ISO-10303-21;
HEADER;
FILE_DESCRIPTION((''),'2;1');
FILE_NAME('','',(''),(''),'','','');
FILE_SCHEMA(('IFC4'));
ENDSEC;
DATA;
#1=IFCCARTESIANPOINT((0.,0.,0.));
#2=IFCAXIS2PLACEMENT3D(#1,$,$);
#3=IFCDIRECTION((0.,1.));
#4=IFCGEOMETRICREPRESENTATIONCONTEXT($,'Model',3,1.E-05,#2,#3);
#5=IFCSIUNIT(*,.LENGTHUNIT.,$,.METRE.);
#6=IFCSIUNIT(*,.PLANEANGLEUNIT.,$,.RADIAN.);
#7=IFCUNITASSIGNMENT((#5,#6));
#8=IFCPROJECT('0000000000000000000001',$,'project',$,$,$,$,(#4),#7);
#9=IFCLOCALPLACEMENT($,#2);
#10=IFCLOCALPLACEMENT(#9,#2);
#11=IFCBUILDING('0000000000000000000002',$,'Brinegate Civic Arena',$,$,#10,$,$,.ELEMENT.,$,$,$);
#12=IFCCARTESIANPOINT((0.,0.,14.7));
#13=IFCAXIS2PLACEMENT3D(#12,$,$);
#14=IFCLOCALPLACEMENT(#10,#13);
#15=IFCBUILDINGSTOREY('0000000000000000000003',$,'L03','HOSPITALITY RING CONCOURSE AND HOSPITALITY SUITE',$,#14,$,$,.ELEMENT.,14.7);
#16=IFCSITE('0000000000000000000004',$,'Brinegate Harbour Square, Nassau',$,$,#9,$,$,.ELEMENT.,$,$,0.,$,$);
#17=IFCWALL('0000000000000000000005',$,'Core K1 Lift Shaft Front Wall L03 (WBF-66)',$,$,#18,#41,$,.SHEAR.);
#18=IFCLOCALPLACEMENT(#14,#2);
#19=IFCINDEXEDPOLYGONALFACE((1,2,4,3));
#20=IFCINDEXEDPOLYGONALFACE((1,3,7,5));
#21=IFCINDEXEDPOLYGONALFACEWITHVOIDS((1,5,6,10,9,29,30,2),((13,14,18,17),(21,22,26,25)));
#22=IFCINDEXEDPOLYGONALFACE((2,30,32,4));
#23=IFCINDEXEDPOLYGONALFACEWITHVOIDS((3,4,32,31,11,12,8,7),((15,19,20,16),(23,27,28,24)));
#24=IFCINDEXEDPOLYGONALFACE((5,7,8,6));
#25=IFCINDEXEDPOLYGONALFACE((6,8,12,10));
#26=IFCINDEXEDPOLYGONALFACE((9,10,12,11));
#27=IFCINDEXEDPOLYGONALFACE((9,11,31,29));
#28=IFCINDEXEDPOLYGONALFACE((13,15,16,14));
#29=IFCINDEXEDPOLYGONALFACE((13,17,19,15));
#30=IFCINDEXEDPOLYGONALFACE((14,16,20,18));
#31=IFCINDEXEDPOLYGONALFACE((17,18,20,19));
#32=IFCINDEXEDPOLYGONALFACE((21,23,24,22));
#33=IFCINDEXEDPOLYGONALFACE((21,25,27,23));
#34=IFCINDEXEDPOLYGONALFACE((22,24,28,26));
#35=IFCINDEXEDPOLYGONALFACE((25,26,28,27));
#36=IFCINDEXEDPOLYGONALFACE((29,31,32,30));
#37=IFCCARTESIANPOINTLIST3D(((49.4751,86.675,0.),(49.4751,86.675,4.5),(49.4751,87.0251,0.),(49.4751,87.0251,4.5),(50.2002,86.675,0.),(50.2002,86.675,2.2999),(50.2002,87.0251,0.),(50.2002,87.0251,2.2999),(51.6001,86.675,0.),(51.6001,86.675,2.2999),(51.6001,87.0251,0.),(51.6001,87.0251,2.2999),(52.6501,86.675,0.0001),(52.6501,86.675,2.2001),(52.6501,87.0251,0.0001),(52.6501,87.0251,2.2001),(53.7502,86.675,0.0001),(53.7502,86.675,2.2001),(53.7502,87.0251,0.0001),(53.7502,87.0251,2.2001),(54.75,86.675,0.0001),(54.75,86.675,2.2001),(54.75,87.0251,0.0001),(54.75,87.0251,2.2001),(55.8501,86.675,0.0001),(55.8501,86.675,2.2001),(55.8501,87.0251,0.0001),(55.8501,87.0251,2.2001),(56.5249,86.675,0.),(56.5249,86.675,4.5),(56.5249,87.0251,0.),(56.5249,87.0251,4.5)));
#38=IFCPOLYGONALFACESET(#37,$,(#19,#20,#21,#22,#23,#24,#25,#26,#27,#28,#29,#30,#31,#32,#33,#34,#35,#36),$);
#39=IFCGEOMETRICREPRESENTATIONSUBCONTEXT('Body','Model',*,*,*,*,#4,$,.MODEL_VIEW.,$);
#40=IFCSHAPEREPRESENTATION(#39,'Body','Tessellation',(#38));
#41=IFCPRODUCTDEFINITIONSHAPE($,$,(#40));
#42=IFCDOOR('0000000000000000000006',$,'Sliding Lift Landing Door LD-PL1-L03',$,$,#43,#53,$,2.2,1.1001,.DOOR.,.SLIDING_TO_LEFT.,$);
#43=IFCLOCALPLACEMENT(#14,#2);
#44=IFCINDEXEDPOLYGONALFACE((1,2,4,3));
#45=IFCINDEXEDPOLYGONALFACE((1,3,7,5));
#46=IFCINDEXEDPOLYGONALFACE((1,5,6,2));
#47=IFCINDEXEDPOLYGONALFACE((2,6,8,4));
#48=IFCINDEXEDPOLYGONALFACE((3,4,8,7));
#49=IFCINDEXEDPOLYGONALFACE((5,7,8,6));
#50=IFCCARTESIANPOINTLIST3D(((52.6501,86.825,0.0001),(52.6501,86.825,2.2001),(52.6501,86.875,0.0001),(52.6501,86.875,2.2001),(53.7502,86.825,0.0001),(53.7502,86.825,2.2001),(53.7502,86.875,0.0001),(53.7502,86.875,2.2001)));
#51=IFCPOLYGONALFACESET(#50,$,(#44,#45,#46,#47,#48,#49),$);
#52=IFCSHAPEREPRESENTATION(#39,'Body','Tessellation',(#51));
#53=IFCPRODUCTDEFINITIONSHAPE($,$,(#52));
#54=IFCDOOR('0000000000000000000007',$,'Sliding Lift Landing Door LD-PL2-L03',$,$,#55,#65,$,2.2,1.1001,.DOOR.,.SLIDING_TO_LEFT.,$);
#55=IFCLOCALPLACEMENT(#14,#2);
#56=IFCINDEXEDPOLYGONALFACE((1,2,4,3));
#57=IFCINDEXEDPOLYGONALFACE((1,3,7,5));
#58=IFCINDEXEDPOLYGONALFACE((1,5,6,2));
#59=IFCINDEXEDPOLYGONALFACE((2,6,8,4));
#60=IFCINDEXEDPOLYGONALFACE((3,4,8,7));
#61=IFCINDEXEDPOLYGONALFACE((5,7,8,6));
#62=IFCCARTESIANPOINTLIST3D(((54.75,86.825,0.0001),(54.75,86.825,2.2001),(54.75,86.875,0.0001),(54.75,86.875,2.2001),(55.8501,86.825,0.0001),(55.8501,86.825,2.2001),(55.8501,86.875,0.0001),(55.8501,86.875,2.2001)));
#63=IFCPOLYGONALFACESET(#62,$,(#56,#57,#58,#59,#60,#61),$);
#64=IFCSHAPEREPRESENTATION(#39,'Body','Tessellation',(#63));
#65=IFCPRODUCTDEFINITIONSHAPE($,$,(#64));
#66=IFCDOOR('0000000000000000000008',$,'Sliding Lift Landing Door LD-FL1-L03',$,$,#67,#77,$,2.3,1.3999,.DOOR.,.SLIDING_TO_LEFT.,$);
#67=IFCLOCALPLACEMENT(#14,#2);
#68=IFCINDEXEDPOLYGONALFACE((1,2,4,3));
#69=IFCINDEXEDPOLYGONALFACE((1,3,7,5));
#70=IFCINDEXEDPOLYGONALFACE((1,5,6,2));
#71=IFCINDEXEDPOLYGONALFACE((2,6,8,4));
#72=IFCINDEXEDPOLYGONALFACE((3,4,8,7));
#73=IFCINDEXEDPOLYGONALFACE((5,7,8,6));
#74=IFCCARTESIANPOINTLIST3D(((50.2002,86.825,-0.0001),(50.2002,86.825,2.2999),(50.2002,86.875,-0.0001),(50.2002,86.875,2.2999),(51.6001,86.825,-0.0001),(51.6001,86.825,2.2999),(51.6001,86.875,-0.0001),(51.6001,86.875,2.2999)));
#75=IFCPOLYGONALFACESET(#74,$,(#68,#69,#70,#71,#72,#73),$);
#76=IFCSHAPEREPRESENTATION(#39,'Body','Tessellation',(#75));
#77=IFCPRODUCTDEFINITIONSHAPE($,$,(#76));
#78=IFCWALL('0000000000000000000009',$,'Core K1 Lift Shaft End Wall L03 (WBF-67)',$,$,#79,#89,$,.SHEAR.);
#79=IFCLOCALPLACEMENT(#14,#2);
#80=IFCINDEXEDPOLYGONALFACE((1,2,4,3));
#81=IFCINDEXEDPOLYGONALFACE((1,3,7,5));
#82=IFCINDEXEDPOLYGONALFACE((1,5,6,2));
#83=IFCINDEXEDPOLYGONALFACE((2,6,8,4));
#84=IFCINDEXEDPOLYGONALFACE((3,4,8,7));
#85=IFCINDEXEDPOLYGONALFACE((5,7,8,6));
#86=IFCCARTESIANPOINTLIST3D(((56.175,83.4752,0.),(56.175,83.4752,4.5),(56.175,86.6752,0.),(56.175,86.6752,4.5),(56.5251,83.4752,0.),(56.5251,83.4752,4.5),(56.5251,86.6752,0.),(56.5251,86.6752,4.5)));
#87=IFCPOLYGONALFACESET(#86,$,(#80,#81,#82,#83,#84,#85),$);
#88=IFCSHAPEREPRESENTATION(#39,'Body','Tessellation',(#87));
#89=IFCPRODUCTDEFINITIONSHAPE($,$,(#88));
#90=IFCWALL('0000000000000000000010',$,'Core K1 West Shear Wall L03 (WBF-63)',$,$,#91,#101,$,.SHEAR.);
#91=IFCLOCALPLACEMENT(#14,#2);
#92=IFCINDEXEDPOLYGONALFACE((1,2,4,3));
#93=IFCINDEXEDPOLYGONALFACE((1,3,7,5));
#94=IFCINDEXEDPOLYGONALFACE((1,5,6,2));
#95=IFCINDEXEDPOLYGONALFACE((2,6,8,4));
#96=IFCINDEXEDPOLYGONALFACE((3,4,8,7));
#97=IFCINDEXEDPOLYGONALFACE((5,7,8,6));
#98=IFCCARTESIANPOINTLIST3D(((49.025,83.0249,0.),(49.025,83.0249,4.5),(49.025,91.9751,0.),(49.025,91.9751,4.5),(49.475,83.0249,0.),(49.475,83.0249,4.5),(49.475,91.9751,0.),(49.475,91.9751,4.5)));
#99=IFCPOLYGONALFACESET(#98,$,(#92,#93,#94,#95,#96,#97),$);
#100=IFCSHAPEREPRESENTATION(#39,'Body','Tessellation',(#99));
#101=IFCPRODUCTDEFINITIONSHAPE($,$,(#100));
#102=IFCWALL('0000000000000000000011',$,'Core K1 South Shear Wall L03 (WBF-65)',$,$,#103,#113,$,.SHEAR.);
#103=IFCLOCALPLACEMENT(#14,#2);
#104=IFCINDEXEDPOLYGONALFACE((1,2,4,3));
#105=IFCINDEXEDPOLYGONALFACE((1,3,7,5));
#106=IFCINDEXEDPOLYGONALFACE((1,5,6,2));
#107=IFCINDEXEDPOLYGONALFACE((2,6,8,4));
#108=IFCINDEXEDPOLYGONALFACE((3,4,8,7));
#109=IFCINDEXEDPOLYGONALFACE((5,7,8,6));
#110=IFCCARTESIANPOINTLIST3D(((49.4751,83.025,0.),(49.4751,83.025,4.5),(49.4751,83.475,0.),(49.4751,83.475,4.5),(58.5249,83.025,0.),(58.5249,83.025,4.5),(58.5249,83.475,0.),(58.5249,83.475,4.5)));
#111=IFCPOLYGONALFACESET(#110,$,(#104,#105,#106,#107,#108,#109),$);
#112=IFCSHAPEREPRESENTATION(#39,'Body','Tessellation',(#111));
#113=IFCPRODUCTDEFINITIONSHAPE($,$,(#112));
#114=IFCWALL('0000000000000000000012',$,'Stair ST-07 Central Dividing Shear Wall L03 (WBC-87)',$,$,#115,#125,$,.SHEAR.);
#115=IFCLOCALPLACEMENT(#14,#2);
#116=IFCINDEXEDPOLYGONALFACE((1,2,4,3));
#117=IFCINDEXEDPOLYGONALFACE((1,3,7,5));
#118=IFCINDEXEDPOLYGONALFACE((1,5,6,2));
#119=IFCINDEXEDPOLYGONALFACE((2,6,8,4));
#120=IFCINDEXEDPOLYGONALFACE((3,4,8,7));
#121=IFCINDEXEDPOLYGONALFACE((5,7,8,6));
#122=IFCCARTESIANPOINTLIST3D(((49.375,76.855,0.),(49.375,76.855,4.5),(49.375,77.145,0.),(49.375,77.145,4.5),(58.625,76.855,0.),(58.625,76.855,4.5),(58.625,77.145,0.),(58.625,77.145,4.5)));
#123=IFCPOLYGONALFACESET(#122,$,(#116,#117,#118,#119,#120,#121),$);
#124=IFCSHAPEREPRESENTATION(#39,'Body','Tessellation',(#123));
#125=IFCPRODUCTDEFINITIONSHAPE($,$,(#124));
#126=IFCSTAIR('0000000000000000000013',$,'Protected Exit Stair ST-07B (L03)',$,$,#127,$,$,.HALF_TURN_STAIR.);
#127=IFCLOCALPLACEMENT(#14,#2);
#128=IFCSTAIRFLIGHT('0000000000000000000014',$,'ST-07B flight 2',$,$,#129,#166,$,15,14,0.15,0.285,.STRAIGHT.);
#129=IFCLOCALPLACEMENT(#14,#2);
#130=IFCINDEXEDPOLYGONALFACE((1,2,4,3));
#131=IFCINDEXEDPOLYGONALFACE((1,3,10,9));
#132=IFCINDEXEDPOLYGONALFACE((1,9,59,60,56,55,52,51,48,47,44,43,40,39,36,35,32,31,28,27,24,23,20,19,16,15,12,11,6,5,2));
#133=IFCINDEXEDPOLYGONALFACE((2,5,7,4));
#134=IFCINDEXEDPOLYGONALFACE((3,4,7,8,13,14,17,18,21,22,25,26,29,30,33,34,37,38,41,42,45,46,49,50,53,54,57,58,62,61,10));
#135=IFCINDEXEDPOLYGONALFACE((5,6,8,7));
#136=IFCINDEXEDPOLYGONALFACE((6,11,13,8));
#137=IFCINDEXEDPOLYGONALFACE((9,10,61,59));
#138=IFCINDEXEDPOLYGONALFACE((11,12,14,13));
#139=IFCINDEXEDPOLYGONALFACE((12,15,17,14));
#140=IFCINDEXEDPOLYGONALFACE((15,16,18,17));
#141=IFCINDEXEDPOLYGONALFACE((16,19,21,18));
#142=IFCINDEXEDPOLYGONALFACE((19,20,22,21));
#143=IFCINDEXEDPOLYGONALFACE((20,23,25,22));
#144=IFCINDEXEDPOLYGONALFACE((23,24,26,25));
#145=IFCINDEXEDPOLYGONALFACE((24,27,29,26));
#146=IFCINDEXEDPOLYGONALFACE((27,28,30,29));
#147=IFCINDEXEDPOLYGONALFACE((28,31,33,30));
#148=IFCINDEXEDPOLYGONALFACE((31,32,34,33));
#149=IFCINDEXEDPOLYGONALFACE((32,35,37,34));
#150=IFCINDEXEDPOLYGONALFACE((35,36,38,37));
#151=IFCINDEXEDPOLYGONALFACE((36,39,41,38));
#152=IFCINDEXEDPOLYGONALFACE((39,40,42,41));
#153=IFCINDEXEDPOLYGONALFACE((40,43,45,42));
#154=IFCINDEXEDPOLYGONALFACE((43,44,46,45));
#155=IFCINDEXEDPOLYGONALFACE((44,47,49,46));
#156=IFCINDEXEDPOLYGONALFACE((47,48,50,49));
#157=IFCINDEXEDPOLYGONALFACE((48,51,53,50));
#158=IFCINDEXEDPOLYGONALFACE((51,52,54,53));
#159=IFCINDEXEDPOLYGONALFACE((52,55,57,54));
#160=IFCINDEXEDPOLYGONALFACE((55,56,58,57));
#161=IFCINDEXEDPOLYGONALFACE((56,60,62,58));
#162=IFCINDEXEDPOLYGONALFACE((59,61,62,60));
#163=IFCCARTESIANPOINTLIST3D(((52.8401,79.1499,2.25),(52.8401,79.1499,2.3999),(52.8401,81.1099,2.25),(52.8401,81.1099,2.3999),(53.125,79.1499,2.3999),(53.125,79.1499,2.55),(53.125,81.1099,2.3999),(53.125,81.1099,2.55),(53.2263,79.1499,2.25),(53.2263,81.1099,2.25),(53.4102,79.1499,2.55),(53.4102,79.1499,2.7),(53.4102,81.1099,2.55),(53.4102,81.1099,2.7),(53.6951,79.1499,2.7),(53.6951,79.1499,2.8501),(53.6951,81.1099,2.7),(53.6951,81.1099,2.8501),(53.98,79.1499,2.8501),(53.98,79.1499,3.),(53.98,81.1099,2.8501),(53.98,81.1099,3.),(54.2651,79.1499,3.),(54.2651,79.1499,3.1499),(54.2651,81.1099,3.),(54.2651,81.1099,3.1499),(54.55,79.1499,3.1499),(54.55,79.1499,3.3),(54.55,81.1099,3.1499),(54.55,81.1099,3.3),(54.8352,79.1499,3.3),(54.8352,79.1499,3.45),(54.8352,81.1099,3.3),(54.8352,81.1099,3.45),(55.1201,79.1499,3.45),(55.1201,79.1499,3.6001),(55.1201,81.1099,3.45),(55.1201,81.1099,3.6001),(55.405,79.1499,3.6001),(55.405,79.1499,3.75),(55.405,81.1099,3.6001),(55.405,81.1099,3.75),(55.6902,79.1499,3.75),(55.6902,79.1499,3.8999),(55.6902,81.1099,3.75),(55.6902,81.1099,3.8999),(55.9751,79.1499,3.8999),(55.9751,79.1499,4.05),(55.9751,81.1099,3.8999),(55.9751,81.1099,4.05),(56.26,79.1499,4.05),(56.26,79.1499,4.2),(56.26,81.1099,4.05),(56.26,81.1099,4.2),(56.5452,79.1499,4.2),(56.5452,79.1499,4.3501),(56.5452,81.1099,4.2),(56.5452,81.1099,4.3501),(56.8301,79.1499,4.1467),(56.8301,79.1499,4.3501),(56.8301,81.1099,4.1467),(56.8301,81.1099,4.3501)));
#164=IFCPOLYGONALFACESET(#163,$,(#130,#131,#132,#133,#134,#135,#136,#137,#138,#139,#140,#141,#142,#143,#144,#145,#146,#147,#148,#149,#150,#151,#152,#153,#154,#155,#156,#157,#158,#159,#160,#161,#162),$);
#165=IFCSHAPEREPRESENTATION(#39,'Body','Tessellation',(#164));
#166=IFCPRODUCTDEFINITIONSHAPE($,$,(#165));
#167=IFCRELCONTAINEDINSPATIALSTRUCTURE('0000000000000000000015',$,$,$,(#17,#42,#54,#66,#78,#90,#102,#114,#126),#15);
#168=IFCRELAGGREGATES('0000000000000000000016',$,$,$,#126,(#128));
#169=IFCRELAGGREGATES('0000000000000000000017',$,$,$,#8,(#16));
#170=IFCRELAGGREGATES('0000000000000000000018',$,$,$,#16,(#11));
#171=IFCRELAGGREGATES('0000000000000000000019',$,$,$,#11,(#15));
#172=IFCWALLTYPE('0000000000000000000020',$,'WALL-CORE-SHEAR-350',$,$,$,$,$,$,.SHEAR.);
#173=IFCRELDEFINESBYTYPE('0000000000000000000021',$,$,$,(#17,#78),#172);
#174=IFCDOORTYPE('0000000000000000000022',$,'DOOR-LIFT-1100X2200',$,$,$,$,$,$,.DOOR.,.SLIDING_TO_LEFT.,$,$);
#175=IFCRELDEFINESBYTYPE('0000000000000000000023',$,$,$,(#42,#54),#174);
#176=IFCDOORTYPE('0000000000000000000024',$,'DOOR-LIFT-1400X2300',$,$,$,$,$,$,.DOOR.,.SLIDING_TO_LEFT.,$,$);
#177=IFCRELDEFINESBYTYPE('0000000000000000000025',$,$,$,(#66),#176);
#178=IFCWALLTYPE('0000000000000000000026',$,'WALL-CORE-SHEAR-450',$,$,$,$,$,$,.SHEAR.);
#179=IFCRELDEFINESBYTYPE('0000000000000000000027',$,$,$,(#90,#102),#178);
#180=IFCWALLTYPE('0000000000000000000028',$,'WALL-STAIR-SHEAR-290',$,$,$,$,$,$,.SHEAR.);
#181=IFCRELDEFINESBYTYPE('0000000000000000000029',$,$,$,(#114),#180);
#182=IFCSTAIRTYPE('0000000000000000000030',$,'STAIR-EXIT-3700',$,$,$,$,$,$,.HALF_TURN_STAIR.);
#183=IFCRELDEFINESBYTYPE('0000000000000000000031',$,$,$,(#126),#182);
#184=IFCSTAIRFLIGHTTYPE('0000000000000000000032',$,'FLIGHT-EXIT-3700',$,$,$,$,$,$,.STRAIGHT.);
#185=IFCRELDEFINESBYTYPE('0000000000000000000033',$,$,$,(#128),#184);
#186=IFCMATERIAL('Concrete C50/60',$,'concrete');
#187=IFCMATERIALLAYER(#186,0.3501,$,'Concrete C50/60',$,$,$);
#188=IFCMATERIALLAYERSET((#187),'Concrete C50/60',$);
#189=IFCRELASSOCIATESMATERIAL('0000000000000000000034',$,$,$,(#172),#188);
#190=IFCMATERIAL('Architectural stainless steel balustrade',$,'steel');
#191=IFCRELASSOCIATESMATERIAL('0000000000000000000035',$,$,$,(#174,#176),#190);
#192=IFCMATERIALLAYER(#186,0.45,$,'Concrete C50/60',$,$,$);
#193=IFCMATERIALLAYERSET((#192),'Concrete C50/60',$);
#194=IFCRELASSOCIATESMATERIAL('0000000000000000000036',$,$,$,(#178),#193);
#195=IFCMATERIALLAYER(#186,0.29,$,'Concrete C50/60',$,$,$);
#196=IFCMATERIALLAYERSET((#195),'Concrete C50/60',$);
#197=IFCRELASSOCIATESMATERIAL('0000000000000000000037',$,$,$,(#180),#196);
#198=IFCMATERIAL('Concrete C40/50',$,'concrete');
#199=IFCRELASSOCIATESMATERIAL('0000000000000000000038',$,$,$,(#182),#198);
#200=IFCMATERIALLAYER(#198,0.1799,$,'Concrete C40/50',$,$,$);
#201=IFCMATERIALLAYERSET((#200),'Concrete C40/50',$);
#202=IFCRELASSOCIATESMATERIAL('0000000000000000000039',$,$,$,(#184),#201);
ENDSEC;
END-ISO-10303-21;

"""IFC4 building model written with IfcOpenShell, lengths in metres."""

from ifc_helpers import new_model, si_unit, direction, frame, frame_2d, origin, place, context, subcontext, project, spatial, polyline, rectangle, outline, extrude, material, layer, layer_set, type_object, element, fill, aggregate, save


model = new_model("IFC4")

# Units and contexts
model_context = context("Model", 3, precision=1e-05, world=origin(), true_north=direction((0.0, 1.0)))
body_context = subcontext(model_context, "Body", "Model", "MODEL_VIEW")
ifc_project = project(units=[si_unit("LENGTHUNIT", "METRE"), si_unit("PLANEANGLEUNIT", "RADIAN")], contexts=[model_context])

# Site, building, storey
site_placement = place(None, origin())
site = spatial("IfcSite", under=ifc_project, at=site_placement, Name="Brinegate Harbour Square, Nassau", CompositionType="ELEMENT", RefElevation=0.0)
building_placement = place(site_placement, origin())
building = spatial("IfcBuilding", under=site, at=building_placement, Name="Brinegate Civic Arena", CompositionType="ELEMENT")
storey_placement = place(building_placement, frame((0.0, 0.0, 14.7)))
storey = spatial("IfcBuildingStorey", under=building, at=storey_placement, Name="L03", Description="HOSPITALITY RING CONCOURSE AND HOSPITALITY SUITE", CompositionType="ELEMENT", Elevation=14.7)

# Shared definitions
ifc_material_1 = material(Name="Concrete C50/60", Category="concrete")
ifc_layer_1 = layer(ifc_material_1, 0.3501, Name="Concrete C50/60")
ifc_layer_set_1 = layer_set([ifc_layer_1], Name="Concrete C50/60")
wall_type_1 = type_object("IfcWallType", Name="WALL-CORE-SHEAR-350", PredefinedType="SHEAR", material=ifc_layer_set_1)

# Wall, openings, doors
wall_1_placement = place(storey_placement, frame((49.4751, 86.8501, 0.0), z_axis=(0.0, 0.0, 1.0), x_axis=(1.0, 0.0, 0.0)))
wall_1 = element("IfcWall", 1, at=wall_1_placement, inside=storey, type_object=wall_type_1, Name="Core K1 Lift Shaft Front Wall L03 (WBF-66)", PredefinedType="SHEAR", context=body_context, shape_type="SweptSolid", body=[
    extrude(rectangle(XDim=7.0498, YDim=0.3501, at=frame_2d((3.5249, 0.0))), origin(), (0.0, 0.0, 1.0), 4.5),
])
opening_1_placement = place(wall_1_placement, frame((0.7251, 0.0, 0.0)))
opening_1 = element("IfcOpeningElement", 2, at=opening_1_placement, cuts=wall_1, PredefinedType="OPENING", context=body_context, shape_type="SweptSolid", body=[
    extrude(rectangle(XDim=1.3999, YDim=2.3, at=frame_2d((0.7, 1.1499))), frame((0.0, 0.1851, 0.0), z_axis=(0.0, -1.0, 0.0), x_axis=(1.0, 0.0, 0.0)), (0.0, 0.0, 1.0), 0.3701),
])
opening_2_placement = place(wall_1_placement, frame((3.175, 0.0, 0.0)))
opening_2 = element("IfcOpeningElement", 3, at=opening_2_placement, cuts=wall_1, PredefinedType="OPENING", context=body_context, shape_type="SweptSolid", body=[
    extrude(rectangle(XDim=1.1001, YDim=2.2, at=frame_2d((0.55, 1.1001))), frame((0.0, 0.1851, 0.0), z_axis=(0.0, -1.0, 0.0), x_axis=(1.0, 0.0, 0.0)), (0.0, 0.0, 1.0), 0.3701),
])
opening_3_placement = place(wall_1_placement, frame((5.2749, 0.0, 0.0)))
opening_3 = element("IfcOpeningElement", 4, at=opening_3_placement, cuts=wall_1, PredefinedType="OPENING", context=body_context, shape_type="SweptSolid", body=[
    extrude(rectangle(XDim=1.1001, YDim=2.2, at=frame_2d((0.55, 1.1001))), frame((0.0, 0.1851, 0.0), z_axis=(0.0, -1.0, 0.0), x_axis=(1.0, 0.0, 0.0)), (0.0, 0.0, 1.0), 0.3701),
])
ifc_material_2 = material(Name="Architectural stainless steel balustrade", Category="steel")
door_type_1 = type_object("IfcDoorType", Name="DOOR-LIFT-1100X2200", OperationType="SLIDING_TO_LEFT", PredefinedType="DOOR", material=ifc_material_2)
door_1_placement = place(opening_2_placement, origin())
door_1 = element("IfcDoor", 5, at=door_1_placement, inside=storey, type_object=door_type_1, Name="Sliding Lift Landing Door LD-PL1-L03", OperationType="SLIDING_TO_LEFT", OverallHeight=2.2, OverallWidth=1.1001, PredefinedType="DOOR", context=body_context, shape_type="SweptSolid", body=[
    extrude(rectangle(XDim=1.1001, YDim=2.2, at=frame_2d((0.55, 1.1001))), frame((0.0, 0.0249, 0.0), z_axis=(0.0, -1.0, 0.0), x_axis=(1.0, 0.0, 0.0)), (0.0, 0.0, 1.0), 0.05),
])
fill(opening_2, door_1)
door_2_placement = place(opening_3_placement, origin())
door_2 = element("IfcDoor", 6, at=door_2_placement, inside=storey, type_object=door_type_1, Name="Sliding Lift Landing Door LD-PL2-L03", OperationType="SLIDING_TO_LEFT", OverallHeight=2.2, OverallWidth=1.1001, PredefinedType="DOOR", context=body_context, shape_type="SweptSolid", body=[
    extrude(rectangle(XDim=1.1001, YDim=2.2, at=frame_2d((0.55, 1.1001))), frame((0.0, 0.0249, 0.0), z_axis=(0.0, -1.0, 0.0), x_axis=(1.0, 0.0, 0.0)), (0.0, 0.0, 1.0), 0.05),
])
fill(opening_3, door_2)
door_type_2 = type_object("IfcDoorType", Name="DOOR-LIFT-1400X2300", OperationType="SLIDING_TO_LEFT", PredefinedType="DOOR", material=ifc_material_2)
door_3_placement = place(opening_1_placement, origin())
door_3 = element("IfcDoor", 7, at=door_3_placement, inside=storey, type_object=door_type_2, Name="Sliding Lift Landing Door LD-FL1-L03", OperationType="SLIDING_TO_LEFT", OverallHeight=2.3, OverallWidth=1.3999, PredefinedType="DOOR", context=body_context, shape_type="SweptSolid", body=[
    extrude(rectangle(XDim=1.3999, YDim=2.3, at=frame_2d((0.7, 1.1499))), frame((0.0, 0.0249, 0.0), z_axis=(0.0, -1.0, 0.0), x_axis=(1.0, 0.0, 0.0)), (0.0, 0.0, 1.0), 0.05),
])
fill(opening_1, door_3)

# Walls
wall_2_placement = place(storey_placement, frame((56.3501, 83.4751, 0.0), z_axis=(0.0, 0.0, 1.0), x_axis=(0.0, 1.0, 0.0)))
element("IfcWall", 8, at=wall_2_placement, inside=storey, type_object=wall_type_1, Name="Core K1 Lift Shaft End Wall L03 (WBF-67)", PredefinedType="SHEAR", context=body_context, shape_type="SweptSolid", body=[
    extrude(rectangle(XDim=3.2, YDim=0.3501, at=frame_2d((1.6001, 0.0))), origin(), (0.0, 0.0, 1.0), 4.5),
])
ifc_layer_2 = layer(ifc_material_1, 0.45, Name="Concrete C50/60")
ifc_layer_set_2 = layer_set([ifc_layer_2], Name="Concrete C50/60")
wall_type_2 = type_object("IfcWallType", Name="WALL-CORE-SHEAR-450", PredefinedType="SHEAR", material=ifc_layer_set_2)
wall_3_placement = place(storey_placement, frame((49.25, 83.0249, 0.0), z_axis=(0.0, 0.0, 1.0), x_axis=(0.0, 1.0, 0.0)))
element("IfcWall", 9, at=wall_3_placement, inside=storey, type_object=wall_type_2, Name="Core K1 West Shear Wall L03 (WBF-63)", PredefinedType="SHEAR", context=body_context, shape_type="SweptSolid", body=[
    extrude(rectangle(XDim=8.9502, YDim=0.45, at=frame_2d((4.4751, 0.0))), origin(), (0.0, 0.0, 1.0), 4.5),
])
wall_4_placement = place(storey_placement, frame((49.4751, 83.25, 0.0), z_axis=(0.0, 0.0, 1.0), x_axis=(1.0, 0.0, 0.0)))
element("IfcWall", 10, at=wall_4_placement, inside=storey, type_object=wall_type_2, Name="Core K1 South Shear Wall L03 (WBF-65)", PredefinedType="SHEAR", context=body_context, shape_type="SweptSolid", body=[
    extrude(rectangle(XDim=9.0498, YDim=0.45, at=frame_2d((4.5249, 0.0))), origin(), (0.0, 0.0, 1.0), 4.5),
])
ifc_layer_3 = layer(ifc_material_1, 0.29, Name="Concrete C50/60")
ifc_layer_set_3 = layer_set([ifc_layer_3], Name="Concrete C50/60")
wall_type_3 = type_object("IfcWallType", Name="WALL-STAIR-SHEAR-290", PredefinedType="SHEAR", material=ifc_layer_set_3)
wall_5_placement = place(storey_placement, frame((49.375, 77.0, 0.0), z_axis=(0.0, 0.0, 1.0), x_axis=(1.0, 0.0, 0.0)))
element("IfcWall", 11, at=wall_5_placement, inside=storey, type_object=wall_type_3, Name="Stair ST-07 Central Dividing Shear Wall L03 (WBC-87)", PredefinedType="SHEAR", context=body_context, shape_type="SweptSolid", body=[
    extrude(rectangle(XDim=9.25, YDim=0.29, at=frame_2d((4.625, 0.0))), origin(), (0.0, 0.0, 1.0), 4.5),
])

# Stair, stair flight
ifc_material_3 = material(Name="Concrete C40/50", Category="concrete")
stair_type_1 = type_object("IfcStairType", Name="STAIR-EXIT-3700", PredefinedType="HALF_TURN_STAIR", material=ifc_material_3)
stair_1_placement = place(storey_placement, origin())
stair_1 = element("IfcStair", 12, at=stair_1_placement, inside=storey, type_object=stair_type_1, Name="Protected Exit Stair ST-07B (L03)", PredefinedType="HALF_TURN_STAIR")
ifc_layer_4 = layer(ifc_material_3, 0.1799, Name="Concrete C40/50")
ifc_layer_set_4 = layer_set([ifc_layer_4], Name="Concrete C40/50")
stair_flight_type_1 = type_object("IfcStairFlightType", Name="FLIGHT-EXIT-3700", PredefinedType="STRAIGHT", material=ifc_layer_set_4)
stair_flight_1_placement = place(storey_placement, frame((52.8401, 80.1299, 2.25), z_axis=(0.0, 0.0, 1.0), x_axis=(1.0, 0.0, 0.0)))
stair_flight_1 = element("IfcStairFlight", 13, at=stair_flight_1_placement, type_object=stair_flight_type_1, Name="ST-07B flight 2", NumberOfRisers=15, NumberOfTreads=14, PredefinedType="STRAIGHT", RiserHeight=0.15, TreadLength=0.285, context=body_context, shape_type="SweptSolid", body=[
    extrude(outline(polyline([(0.0, 0.0), (0.0, 0.1499), (0.2849, 0.1499), (0.2849, 0.3), (0.5701, 0.3), (0.5701, 0.45), (0.855, 0.45), (0.855, 0.6001), (1.1399, 0.6001), (1.1399, 0.75), (1.425, 0.75), (1.425, 0.8999), (1.71, 0.8999), (1.71, 1.05), (1.9951, 1.05), (1.9951, 1.2), (2.28, 1.2), (2.28, 1.3501), (2.5649, 1.3501), (2.5649, 1.5), (2.8501, 1.5), (2.8501, 1.6499), (3.135, 1.6499), (3.135, 1.8), (3.4199, 1.8), (3.4199, 1.95), (3.7051, 1.95), (3.7051, 2.1001), (3.99, 2.1001), (3.99, 2.25), (3.99, 1.8967), (0.3862, 0.0), (0.0, 0.0)])), frame((0.0, 0.98, 0.0), z_axis=(0.0, -1.0, 0.0), x_axis=(1.0, 0.0, 0.0)), (0.0, 0.0, 1.0), 1.96),
])
aggregate(stair_1, [stair_flight_1])

save(model, "model.ifc")
